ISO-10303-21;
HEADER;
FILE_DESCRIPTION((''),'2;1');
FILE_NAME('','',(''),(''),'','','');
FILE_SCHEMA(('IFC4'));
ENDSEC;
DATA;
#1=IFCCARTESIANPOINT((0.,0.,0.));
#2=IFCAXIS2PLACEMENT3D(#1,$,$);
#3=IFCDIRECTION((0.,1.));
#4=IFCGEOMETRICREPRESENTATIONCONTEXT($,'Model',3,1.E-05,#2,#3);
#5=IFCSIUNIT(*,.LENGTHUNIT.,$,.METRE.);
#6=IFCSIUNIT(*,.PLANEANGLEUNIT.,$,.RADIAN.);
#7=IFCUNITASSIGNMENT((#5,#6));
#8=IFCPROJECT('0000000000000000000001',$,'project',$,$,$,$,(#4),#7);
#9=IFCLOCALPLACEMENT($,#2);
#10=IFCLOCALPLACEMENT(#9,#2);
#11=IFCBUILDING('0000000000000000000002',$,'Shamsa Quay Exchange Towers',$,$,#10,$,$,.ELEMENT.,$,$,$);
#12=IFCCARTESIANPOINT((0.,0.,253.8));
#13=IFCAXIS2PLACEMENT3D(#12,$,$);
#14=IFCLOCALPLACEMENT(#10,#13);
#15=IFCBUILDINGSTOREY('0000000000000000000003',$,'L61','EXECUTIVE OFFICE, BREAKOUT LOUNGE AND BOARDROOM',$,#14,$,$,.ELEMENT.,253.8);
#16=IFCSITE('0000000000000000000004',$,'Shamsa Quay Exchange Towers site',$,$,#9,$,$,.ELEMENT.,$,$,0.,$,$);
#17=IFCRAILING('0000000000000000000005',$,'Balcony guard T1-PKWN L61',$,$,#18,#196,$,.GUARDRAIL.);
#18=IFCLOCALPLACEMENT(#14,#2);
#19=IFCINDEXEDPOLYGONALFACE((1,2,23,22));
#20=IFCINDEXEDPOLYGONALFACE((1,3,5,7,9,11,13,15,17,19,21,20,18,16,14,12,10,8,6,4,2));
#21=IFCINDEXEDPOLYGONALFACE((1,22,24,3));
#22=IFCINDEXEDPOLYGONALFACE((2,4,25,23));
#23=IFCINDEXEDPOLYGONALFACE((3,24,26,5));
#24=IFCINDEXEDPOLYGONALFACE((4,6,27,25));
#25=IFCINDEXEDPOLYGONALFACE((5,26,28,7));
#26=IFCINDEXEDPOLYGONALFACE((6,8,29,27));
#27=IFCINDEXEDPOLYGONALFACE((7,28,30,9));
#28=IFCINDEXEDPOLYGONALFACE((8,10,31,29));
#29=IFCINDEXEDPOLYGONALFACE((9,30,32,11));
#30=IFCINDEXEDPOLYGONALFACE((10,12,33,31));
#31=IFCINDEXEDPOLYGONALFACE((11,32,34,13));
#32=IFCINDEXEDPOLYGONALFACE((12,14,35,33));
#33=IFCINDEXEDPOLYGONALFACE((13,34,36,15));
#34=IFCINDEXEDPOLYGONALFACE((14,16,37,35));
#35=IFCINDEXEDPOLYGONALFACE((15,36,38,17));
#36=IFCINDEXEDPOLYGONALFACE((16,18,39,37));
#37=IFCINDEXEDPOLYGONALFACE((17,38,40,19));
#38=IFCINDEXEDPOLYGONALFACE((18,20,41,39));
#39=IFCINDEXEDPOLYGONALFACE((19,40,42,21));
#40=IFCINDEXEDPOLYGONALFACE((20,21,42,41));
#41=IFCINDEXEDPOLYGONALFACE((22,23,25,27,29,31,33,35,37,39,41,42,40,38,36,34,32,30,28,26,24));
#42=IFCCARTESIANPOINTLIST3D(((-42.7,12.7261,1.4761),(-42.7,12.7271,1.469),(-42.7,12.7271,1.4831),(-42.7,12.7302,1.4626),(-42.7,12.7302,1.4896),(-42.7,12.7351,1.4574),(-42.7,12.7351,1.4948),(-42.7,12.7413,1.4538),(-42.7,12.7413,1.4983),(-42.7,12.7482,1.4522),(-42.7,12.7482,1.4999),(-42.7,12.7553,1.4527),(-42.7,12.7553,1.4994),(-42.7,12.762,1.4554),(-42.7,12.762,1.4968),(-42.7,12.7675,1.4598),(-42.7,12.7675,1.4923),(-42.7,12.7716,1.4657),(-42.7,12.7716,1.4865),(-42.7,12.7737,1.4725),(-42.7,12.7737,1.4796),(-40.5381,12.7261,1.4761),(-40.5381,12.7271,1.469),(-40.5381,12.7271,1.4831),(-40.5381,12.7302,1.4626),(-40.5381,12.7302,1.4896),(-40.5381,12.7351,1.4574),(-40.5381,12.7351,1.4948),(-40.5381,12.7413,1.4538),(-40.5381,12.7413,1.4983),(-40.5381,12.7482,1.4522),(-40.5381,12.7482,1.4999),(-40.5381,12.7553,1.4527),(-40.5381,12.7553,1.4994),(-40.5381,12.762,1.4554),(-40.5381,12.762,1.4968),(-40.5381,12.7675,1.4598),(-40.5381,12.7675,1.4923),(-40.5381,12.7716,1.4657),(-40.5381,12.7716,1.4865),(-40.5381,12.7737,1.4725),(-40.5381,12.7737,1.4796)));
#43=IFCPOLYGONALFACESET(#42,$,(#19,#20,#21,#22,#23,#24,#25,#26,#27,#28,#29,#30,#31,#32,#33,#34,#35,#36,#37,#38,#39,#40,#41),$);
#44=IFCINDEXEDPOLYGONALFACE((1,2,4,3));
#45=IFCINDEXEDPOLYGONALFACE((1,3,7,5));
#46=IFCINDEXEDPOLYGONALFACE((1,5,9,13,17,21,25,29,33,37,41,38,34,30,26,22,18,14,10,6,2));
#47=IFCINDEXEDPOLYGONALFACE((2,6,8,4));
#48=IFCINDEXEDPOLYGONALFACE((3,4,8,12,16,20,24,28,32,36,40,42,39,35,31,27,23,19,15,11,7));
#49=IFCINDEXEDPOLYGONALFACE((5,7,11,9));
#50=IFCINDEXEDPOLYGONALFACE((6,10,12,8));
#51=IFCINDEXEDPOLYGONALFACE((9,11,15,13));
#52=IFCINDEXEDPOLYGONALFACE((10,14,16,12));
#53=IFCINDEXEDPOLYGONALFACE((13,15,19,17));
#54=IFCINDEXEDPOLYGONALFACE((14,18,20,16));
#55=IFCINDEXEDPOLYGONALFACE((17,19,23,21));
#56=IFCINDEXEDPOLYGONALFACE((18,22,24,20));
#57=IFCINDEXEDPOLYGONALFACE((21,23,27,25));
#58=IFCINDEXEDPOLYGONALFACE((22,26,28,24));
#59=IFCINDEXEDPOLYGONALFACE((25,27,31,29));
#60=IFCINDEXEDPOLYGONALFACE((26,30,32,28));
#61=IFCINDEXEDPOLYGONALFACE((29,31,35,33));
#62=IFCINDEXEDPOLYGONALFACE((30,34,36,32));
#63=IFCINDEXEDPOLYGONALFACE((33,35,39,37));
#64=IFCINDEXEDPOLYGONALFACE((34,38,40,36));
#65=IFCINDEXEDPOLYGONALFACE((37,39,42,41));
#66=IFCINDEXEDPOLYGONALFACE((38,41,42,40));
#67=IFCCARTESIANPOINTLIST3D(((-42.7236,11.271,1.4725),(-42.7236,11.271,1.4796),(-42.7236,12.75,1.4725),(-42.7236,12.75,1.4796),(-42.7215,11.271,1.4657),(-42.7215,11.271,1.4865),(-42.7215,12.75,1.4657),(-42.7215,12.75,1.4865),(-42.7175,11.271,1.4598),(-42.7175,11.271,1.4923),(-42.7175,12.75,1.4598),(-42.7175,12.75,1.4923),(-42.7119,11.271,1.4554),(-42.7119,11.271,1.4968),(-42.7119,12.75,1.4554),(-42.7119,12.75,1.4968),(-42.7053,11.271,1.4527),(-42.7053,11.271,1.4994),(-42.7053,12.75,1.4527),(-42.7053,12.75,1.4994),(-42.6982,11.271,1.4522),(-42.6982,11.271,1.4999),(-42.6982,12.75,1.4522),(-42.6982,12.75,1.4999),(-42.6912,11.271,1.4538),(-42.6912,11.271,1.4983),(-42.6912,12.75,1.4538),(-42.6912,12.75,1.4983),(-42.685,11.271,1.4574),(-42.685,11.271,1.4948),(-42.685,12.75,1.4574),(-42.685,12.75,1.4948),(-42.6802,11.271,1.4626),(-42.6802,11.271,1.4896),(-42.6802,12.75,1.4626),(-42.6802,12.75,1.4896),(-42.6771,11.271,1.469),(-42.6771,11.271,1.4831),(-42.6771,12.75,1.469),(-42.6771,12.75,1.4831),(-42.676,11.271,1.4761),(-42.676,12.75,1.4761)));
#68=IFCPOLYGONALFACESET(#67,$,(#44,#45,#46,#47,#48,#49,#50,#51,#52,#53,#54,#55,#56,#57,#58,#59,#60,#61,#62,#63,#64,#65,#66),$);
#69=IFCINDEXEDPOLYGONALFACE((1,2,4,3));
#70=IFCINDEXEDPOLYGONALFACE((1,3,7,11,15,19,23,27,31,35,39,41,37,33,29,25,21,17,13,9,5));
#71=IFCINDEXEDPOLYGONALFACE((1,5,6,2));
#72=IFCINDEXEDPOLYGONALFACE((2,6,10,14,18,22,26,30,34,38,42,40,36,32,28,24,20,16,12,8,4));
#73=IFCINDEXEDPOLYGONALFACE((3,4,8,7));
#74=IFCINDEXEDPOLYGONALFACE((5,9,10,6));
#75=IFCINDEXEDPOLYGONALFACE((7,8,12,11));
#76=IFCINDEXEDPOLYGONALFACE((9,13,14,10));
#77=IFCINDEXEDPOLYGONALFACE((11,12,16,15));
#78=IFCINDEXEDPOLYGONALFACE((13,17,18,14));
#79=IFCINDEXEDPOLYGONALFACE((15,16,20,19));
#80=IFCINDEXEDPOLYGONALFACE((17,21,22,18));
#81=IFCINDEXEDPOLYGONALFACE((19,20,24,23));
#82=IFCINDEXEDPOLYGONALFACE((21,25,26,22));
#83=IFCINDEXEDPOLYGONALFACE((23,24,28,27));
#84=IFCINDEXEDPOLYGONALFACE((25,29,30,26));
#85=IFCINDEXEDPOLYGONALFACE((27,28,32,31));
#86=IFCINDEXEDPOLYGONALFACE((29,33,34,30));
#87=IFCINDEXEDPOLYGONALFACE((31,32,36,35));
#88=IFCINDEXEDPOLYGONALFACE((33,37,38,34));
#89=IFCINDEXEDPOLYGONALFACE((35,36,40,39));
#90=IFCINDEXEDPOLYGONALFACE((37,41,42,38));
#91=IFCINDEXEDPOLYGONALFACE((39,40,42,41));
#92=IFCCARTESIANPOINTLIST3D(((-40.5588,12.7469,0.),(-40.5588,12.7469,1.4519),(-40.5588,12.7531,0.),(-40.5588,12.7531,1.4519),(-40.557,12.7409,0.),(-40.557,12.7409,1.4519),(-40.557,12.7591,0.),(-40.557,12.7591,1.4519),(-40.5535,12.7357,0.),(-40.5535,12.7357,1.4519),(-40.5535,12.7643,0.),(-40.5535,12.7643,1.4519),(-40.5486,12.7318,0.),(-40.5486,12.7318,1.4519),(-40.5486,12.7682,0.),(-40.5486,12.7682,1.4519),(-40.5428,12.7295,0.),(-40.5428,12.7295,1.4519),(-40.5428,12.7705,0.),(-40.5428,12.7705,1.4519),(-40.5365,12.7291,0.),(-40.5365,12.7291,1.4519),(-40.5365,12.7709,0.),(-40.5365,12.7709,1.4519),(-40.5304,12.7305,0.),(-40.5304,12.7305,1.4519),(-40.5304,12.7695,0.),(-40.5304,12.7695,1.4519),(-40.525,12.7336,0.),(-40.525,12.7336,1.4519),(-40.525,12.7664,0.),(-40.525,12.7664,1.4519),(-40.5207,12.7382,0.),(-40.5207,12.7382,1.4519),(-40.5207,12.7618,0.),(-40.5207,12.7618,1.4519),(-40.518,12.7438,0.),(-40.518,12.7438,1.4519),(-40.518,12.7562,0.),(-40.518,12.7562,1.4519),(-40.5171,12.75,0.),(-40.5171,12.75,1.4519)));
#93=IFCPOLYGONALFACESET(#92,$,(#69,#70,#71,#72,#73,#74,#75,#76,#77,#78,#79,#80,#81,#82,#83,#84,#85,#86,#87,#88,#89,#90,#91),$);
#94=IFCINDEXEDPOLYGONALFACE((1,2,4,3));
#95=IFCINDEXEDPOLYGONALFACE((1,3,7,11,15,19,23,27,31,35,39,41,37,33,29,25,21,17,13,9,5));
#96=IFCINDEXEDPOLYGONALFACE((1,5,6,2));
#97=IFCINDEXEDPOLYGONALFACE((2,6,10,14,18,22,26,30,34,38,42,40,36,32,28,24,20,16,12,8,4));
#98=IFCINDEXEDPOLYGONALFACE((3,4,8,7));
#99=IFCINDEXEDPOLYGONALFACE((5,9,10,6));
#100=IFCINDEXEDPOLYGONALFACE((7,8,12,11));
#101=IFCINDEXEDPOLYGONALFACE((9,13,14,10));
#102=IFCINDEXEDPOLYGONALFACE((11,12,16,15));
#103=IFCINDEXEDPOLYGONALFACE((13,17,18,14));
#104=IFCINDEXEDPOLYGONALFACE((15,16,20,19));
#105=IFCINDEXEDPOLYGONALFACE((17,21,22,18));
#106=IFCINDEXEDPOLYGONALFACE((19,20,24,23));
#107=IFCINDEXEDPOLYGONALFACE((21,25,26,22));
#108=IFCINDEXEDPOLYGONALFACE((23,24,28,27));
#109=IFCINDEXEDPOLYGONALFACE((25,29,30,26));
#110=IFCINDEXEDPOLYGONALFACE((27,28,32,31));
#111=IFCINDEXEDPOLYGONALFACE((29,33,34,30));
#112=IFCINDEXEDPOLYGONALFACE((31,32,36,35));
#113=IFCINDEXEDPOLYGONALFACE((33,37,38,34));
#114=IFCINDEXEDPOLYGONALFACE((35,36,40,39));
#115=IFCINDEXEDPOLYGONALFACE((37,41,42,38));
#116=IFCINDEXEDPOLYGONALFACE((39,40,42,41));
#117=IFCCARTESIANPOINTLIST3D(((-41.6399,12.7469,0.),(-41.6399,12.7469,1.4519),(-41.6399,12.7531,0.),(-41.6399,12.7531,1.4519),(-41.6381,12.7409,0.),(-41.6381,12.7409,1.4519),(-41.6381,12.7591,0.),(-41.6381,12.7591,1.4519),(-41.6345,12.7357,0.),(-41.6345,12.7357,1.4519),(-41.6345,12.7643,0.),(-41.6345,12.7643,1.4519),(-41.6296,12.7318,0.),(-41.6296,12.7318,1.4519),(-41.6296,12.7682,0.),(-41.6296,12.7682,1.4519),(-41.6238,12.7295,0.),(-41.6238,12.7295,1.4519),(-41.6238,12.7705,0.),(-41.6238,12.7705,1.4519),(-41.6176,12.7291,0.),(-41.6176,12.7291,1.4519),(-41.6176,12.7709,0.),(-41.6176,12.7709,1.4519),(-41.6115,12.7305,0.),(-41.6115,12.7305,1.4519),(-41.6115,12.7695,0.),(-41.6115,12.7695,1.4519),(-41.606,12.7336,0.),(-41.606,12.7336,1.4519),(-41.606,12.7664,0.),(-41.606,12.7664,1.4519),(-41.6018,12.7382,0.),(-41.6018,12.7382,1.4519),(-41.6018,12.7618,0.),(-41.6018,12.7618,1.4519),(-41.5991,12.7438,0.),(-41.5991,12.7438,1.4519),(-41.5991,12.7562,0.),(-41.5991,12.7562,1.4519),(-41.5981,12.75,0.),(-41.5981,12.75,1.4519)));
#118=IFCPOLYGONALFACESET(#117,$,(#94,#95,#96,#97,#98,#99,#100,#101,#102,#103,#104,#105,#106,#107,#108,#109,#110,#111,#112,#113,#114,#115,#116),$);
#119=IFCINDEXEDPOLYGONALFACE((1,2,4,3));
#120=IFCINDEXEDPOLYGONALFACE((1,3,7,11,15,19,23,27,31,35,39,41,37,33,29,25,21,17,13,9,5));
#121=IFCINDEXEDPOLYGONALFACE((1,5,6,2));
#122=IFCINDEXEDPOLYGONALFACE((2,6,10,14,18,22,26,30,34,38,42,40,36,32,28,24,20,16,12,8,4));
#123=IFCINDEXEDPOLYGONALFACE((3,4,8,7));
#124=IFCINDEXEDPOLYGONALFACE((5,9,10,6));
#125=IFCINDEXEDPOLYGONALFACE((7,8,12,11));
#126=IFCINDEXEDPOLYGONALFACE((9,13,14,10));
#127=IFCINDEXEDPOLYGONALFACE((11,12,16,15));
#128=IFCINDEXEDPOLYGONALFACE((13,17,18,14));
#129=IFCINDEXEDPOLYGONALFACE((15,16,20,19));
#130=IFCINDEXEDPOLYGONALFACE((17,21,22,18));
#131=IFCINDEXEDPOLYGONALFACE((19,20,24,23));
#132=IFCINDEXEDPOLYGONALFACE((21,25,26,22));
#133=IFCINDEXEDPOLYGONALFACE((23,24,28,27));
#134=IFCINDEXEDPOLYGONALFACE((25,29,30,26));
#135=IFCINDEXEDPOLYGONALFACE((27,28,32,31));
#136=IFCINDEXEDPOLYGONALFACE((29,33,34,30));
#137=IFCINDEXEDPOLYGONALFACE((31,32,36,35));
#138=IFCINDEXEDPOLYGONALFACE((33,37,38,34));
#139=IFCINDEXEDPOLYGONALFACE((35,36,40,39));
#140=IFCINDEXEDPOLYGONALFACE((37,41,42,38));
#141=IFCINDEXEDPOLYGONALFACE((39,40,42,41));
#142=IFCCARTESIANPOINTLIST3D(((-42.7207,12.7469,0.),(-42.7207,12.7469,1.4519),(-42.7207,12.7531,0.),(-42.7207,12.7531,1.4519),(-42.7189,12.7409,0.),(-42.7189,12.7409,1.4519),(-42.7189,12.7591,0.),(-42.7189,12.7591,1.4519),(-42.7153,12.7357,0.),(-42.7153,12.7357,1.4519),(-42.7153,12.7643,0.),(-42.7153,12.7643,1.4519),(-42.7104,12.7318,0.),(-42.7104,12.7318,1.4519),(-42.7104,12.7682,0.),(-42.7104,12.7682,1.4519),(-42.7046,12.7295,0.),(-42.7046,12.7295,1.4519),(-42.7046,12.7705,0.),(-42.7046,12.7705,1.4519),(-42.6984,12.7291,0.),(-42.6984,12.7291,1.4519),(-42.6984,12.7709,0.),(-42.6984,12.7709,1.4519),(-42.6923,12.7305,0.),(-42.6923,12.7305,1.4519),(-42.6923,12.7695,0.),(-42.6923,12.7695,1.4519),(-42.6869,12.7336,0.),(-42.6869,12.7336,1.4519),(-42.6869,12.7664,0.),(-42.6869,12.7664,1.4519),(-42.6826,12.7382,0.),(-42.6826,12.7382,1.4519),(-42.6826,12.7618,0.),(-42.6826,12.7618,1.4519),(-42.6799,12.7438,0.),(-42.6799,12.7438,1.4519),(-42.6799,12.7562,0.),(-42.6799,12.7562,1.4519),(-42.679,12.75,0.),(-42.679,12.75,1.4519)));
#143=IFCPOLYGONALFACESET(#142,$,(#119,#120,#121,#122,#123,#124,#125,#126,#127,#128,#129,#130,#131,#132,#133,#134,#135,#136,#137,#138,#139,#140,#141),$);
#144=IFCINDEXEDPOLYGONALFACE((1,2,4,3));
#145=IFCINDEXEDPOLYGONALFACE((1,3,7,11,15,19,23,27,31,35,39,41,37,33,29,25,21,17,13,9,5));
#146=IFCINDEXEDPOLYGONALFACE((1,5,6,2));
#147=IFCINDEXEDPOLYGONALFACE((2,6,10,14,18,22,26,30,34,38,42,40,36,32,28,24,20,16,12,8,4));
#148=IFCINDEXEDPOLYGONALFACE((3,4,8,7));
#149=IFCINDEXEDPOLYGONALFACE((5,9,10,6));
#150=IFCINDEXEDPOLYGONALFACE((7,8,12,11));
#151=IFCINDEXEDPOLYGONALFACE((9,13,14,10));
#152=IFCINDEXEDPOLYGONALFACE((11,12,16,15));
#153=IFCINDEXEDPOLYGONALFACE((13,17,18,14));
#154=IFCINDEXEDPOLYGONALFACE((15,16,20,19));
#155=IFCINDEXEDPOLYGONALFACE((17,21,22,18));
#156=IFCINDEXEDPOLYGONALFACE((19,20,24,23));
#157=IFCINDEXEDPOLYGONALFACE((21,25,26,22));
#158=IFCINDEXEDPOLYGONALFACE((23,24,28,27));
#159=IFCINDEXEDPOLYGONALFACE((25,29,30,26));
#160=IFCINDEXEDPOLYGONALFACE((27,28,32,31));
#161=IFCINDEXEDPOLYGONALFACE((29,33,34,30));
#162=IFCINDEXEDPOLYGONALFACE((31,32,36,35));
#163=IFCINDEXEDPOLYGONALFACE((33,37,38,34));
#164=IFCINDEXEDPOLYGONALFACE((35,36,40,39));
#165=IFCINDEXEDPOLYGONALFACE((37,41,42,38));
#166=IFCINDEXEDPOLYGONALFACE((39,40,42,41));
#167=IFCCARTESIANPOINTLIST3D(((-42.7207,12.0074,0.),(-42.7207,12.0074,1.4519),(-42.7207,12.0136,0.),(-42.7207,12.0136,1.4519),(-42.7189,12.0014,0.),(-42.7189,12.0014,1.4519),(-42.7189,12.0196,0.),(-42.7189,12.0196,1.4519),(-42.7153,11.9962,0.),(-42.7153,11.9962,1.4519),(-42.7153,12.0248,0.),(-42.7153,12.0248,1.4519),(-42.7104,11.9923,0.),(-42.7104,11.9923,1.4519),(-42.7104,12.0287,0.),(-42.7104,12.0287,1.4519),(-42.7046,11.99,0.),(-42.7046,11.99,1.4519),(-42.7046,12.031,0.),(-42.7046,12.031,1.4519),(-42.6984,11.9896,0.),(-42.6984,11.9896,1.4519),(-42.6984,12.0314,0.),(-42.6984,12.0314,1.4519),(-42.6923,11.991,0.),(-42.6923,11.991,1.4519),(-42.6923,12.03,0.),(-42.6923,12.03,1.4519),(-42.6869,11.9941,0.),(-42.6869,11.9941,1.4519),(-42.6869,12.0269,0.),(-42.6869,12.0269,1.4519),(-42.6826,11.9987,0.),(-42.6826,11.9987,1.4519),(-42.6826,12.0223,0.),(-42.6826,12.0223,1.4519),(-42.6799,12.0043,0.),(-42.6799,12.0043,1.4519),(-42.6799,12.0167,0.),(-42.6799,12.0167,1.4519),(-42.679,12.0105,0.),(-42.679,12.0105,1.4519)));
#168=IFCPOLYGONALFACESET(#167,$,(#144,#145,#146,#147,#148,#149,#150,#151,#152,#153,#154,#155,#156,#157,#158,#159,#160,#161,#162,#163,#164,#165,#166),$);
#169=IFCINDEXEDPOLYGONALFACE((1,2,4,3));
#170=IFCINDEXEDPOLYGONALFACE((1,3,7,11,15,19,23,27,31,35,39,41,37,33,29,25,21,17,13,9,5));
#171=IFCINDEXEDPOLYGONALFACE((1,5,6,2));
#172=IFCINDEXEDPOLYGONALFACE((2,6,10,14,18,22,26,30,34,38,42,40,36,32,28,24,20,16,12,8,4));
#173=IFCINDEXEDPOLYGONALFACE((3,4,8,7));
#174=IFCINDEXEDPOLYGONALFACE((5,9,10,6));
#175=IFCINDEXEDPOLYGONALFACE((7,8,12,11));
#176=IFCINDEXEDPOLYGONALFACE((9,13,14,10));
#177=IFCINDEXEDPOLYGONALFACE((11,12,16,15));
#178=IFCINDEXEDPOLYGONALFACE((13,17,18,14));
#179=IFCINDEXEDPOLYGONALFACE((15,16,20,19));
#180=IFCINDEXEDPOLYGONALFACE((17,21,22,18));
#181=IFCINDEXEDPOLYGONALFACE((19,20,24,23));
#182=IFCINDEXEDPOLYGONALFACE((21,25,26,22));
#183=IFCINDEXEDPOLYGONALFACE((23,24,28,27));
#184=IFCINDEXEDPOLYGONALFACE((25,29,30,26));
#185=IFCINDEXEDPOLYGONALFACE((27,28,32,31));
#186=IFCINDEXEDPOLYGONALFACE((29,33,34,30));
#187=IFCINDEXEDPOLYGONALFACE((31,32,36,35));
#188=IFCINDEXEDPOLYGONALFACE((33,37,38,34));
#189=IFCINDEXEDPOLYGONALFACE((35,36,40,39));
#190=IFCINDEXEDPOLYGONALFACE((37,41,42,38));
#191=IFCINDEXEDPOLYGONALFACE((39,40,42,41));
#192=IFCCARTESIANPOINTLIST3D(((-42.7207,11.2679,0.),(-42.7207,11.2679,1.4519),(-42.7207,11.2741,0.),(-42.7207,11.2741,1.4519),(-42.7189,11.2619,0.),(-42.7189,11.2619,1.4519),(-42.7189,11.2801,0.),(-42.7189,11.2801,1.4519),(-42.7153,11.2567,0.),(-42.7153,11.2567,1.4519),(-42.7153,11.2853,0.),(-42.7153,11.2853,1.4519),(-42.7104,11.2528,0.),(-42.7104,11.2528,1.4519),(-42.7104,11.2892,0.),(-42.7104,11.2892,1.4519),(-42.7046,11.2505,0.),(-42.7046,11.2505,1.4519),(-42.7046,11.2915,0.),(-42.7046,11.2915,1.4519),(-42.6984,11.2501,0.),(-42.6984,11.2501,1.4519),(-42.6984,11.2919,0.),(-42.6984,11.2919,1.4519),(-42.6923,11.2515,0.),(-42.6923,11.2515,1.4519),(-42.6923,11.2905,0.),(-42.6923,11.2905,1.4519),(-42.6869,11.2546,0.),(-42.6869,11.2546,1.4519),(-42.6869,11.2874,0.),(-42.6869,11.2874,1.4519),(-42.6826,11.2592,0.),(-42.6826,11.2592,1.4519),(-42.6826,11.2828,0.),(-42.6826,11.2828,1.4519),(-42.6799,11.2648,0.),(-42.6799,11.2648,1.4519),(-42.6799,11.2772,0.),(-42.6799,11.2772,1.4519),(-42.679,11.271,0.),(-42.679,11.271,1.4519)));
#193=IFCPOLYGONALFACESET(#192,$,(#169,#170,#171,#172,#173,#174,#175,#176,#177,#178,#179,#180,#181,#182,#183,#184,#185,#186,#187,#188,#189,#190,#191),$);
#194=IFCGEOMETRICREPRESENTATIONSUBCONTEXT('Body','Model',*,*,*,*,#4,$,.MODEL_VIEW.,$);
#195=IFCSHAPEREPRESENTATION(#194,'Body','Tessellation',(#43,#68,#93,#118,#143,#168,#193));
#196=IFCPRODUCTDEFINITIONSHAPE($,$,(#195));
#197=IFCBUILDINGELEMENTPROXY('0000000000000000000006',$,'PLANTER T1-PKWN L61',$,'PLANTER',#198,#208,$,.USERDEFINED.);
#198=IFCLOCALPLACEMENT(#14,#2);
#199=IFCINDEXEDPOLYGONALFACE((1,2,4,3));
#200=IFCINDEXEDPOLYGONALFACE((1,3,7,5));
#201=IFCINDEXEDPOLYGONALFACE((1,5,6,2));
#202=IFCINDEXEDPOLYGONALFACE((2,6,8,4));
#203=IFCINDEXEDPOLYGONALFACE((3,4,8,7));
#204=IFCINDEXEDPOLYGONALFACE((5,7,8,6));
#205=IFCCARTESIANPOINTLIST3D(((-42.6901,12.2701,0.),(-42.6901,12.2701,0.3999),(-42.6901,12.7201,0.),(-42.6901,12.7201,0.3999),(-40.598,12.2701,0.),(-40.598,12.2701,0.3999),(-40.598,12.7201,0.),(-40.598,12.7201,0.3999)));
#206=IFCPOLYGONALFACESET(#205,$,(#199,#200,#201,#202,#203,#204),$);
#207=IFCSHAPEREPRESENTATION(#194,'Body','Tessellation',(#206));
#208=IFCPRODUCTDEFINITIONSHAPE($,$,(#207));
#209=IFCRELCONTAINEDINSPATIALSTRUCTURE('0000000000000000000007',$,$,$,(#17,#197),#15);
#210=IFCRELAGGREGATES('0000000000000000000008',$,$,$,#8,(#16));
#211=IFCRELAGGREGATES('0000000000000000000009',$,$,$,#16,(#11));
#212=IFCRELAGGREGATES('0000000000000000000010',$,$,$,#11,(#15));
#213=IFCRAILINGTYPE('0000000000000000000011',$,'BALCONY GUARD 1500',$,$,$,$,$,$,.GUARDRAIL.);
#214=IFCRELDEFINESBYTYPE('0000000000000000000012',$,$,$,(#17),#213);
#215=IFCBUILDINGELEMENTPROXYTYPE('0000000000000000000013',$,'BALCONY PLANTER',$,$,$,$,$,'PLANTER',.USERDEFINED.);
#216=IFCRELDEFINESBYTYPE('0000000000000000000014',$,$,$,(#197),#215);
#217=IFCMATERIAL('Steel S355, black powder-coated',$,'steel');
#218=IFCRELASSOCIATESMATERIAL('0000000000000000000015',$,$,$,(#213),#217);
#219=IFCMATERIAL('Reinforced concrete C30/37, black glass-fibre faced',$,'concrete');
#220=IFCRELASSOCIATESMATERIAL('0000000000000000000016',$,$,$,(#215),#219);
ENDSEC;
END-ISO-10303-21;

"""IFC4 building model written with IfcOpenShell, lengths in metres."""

from ifc_helpers import new_model, si_unit, direction, frame, origin, origin_2d, place, context, subcontext, project, spatial, rectangle, circle, extrude, material, type_object, element, save


model = new_model("IFC4")

# Units and contexts
model_context = context("Model", 3, precision=1e-05, world=origin(), true_north=direction((0.0, 1.0)))
body_context = subcontext(model_context, "Body", "Model", "MODEL_VIEW")
ifc_project = project(units=[si_unit("LENGTHUNIT", "METRE"), si_unit("PLANEANGLEUNIT", "RADIAN")], contexts=[model_context])

# Site, building, storey
site_placement = place(None, origin())
site = spatial("IfcSite", under=ifc_project, at=site_placement, Name="Shamsa Quay Exchange Towers site", CompositionType="ELEMENT", RefElevation=0.0)
building_placement = place(site_placement, origin())
building = spatial("IfcBuilding", under=site, at=building_placement, Name="Shamsa Quay Exchange Towers", CompositionType="ELEMENT")
storey_placement = place(building_placement, frame((0.0, 0.0, 253.8)))
storey = spatial("IfcBuildingStorey", under=building, at=storey_placement, Name="L61", Description="EXECUTIVE OFFICE, BREAKOUT LOUNGE AND BOARDROOM", CompositionType="ELEMENT", Elevation=253.8)

# Railing
ifc_material_1 = material(Name="Steel S355, black powder-coated", Category="steel")
railing_type = type_object("IfcRailingType", Name="BALCONY GUARD 1500", PredefinedType="GUARDRAIL", material=ifc_material_1)
railing_placement = place(storey_placement, frame((-40.5381, 12.75, 0.0)))
element("IfcRailing", 1, at=railing_placement, inside=storey, type_object=railing_type, Name="Balcony guard T1-PKWN L61", PredefinedType="GUARDRAIL", context=body_context, shape_type="SweptSolid", body=[
    extrude(circle(Radius=0.0239, at=origin_2d()), frame((0.0, 0.0, 1.4761), z_axis=(-1.0, 0.0, 0.0), x_axis=(0.0, -1.0, 0.0)), (0.0, 0.0, 1.0), 2.1619),
    extrude(circle(Radius=0.0239, at=origin_2d()), frame((-2.1619, 0.0, 1.4761), z_axis=(0.0, -1.0, 0.0), x_axis=(1.0, 0.0, 0.0)), (0.0, 0.0, 1.0), 1.479),
    extrude(circle(Radius=0.021, at=origin_2d()), origin(), (0.0, 0.0, 1.0), 1.4519),
    extrude(circle(Radius=0.021, at=origin_2d()), frame((-1.0811, 0.0, 0.0)), (0.0, 0.0, 1.0), 1.4519),
    extrude(circle(Radius=0.021, at=origin_2d()), frame((-2.1619, 0.0, 0.0)), (0.0, 0.0, 1.0), 1.4519),
    extrude(circle(Radius=0.021, at=origin_2d()), frame((-2.1619, -0.7395, 0.0)), (0.0, 0.0, 1.0), 1.4519),
    extrude(circle(Radius=0.021, at=origin_2d()), frame((-2.1619, -1.479, 0.0)), (0.0, 0.0, 1.0), 1.4519),
])

# Building element proxy
ifc_material_2 = material(Name="Reinforced concrete C30/37, black glass-fibre faced", Category="concrete")
building_element_proxy_type = type_object("IfcBuildingElementProxyType", Name="BALCONY PLANTER", ElementType="PLANTER", PredefinedType="USERDEFINED", material=ifc_material_2)
proxy_placement = place(storey_placement, frame((-41.644, 12.4951, 0.0), z_axis=(0.0, 0.0, 1.0), x_axis=(-1.0, 0.0, 0.0)))
element("IfcBuildingElementProxy", 2, at=proxy_placement, inside=storey, type_object=building_element_proxy_type, Name="PLANTER T1-PKWN L61", ObjectType="PLANTER", PredefinedType="USERDEFINED", context=body_context, shape_type="SweptSolid", body=[
    extrude(rectangle(XDim=2.092, YDim=0.45, at=origin_2d()), origin(), (0.0, 0.0, 1.0), 0.3999),
])

save(model, "model.ifc")
